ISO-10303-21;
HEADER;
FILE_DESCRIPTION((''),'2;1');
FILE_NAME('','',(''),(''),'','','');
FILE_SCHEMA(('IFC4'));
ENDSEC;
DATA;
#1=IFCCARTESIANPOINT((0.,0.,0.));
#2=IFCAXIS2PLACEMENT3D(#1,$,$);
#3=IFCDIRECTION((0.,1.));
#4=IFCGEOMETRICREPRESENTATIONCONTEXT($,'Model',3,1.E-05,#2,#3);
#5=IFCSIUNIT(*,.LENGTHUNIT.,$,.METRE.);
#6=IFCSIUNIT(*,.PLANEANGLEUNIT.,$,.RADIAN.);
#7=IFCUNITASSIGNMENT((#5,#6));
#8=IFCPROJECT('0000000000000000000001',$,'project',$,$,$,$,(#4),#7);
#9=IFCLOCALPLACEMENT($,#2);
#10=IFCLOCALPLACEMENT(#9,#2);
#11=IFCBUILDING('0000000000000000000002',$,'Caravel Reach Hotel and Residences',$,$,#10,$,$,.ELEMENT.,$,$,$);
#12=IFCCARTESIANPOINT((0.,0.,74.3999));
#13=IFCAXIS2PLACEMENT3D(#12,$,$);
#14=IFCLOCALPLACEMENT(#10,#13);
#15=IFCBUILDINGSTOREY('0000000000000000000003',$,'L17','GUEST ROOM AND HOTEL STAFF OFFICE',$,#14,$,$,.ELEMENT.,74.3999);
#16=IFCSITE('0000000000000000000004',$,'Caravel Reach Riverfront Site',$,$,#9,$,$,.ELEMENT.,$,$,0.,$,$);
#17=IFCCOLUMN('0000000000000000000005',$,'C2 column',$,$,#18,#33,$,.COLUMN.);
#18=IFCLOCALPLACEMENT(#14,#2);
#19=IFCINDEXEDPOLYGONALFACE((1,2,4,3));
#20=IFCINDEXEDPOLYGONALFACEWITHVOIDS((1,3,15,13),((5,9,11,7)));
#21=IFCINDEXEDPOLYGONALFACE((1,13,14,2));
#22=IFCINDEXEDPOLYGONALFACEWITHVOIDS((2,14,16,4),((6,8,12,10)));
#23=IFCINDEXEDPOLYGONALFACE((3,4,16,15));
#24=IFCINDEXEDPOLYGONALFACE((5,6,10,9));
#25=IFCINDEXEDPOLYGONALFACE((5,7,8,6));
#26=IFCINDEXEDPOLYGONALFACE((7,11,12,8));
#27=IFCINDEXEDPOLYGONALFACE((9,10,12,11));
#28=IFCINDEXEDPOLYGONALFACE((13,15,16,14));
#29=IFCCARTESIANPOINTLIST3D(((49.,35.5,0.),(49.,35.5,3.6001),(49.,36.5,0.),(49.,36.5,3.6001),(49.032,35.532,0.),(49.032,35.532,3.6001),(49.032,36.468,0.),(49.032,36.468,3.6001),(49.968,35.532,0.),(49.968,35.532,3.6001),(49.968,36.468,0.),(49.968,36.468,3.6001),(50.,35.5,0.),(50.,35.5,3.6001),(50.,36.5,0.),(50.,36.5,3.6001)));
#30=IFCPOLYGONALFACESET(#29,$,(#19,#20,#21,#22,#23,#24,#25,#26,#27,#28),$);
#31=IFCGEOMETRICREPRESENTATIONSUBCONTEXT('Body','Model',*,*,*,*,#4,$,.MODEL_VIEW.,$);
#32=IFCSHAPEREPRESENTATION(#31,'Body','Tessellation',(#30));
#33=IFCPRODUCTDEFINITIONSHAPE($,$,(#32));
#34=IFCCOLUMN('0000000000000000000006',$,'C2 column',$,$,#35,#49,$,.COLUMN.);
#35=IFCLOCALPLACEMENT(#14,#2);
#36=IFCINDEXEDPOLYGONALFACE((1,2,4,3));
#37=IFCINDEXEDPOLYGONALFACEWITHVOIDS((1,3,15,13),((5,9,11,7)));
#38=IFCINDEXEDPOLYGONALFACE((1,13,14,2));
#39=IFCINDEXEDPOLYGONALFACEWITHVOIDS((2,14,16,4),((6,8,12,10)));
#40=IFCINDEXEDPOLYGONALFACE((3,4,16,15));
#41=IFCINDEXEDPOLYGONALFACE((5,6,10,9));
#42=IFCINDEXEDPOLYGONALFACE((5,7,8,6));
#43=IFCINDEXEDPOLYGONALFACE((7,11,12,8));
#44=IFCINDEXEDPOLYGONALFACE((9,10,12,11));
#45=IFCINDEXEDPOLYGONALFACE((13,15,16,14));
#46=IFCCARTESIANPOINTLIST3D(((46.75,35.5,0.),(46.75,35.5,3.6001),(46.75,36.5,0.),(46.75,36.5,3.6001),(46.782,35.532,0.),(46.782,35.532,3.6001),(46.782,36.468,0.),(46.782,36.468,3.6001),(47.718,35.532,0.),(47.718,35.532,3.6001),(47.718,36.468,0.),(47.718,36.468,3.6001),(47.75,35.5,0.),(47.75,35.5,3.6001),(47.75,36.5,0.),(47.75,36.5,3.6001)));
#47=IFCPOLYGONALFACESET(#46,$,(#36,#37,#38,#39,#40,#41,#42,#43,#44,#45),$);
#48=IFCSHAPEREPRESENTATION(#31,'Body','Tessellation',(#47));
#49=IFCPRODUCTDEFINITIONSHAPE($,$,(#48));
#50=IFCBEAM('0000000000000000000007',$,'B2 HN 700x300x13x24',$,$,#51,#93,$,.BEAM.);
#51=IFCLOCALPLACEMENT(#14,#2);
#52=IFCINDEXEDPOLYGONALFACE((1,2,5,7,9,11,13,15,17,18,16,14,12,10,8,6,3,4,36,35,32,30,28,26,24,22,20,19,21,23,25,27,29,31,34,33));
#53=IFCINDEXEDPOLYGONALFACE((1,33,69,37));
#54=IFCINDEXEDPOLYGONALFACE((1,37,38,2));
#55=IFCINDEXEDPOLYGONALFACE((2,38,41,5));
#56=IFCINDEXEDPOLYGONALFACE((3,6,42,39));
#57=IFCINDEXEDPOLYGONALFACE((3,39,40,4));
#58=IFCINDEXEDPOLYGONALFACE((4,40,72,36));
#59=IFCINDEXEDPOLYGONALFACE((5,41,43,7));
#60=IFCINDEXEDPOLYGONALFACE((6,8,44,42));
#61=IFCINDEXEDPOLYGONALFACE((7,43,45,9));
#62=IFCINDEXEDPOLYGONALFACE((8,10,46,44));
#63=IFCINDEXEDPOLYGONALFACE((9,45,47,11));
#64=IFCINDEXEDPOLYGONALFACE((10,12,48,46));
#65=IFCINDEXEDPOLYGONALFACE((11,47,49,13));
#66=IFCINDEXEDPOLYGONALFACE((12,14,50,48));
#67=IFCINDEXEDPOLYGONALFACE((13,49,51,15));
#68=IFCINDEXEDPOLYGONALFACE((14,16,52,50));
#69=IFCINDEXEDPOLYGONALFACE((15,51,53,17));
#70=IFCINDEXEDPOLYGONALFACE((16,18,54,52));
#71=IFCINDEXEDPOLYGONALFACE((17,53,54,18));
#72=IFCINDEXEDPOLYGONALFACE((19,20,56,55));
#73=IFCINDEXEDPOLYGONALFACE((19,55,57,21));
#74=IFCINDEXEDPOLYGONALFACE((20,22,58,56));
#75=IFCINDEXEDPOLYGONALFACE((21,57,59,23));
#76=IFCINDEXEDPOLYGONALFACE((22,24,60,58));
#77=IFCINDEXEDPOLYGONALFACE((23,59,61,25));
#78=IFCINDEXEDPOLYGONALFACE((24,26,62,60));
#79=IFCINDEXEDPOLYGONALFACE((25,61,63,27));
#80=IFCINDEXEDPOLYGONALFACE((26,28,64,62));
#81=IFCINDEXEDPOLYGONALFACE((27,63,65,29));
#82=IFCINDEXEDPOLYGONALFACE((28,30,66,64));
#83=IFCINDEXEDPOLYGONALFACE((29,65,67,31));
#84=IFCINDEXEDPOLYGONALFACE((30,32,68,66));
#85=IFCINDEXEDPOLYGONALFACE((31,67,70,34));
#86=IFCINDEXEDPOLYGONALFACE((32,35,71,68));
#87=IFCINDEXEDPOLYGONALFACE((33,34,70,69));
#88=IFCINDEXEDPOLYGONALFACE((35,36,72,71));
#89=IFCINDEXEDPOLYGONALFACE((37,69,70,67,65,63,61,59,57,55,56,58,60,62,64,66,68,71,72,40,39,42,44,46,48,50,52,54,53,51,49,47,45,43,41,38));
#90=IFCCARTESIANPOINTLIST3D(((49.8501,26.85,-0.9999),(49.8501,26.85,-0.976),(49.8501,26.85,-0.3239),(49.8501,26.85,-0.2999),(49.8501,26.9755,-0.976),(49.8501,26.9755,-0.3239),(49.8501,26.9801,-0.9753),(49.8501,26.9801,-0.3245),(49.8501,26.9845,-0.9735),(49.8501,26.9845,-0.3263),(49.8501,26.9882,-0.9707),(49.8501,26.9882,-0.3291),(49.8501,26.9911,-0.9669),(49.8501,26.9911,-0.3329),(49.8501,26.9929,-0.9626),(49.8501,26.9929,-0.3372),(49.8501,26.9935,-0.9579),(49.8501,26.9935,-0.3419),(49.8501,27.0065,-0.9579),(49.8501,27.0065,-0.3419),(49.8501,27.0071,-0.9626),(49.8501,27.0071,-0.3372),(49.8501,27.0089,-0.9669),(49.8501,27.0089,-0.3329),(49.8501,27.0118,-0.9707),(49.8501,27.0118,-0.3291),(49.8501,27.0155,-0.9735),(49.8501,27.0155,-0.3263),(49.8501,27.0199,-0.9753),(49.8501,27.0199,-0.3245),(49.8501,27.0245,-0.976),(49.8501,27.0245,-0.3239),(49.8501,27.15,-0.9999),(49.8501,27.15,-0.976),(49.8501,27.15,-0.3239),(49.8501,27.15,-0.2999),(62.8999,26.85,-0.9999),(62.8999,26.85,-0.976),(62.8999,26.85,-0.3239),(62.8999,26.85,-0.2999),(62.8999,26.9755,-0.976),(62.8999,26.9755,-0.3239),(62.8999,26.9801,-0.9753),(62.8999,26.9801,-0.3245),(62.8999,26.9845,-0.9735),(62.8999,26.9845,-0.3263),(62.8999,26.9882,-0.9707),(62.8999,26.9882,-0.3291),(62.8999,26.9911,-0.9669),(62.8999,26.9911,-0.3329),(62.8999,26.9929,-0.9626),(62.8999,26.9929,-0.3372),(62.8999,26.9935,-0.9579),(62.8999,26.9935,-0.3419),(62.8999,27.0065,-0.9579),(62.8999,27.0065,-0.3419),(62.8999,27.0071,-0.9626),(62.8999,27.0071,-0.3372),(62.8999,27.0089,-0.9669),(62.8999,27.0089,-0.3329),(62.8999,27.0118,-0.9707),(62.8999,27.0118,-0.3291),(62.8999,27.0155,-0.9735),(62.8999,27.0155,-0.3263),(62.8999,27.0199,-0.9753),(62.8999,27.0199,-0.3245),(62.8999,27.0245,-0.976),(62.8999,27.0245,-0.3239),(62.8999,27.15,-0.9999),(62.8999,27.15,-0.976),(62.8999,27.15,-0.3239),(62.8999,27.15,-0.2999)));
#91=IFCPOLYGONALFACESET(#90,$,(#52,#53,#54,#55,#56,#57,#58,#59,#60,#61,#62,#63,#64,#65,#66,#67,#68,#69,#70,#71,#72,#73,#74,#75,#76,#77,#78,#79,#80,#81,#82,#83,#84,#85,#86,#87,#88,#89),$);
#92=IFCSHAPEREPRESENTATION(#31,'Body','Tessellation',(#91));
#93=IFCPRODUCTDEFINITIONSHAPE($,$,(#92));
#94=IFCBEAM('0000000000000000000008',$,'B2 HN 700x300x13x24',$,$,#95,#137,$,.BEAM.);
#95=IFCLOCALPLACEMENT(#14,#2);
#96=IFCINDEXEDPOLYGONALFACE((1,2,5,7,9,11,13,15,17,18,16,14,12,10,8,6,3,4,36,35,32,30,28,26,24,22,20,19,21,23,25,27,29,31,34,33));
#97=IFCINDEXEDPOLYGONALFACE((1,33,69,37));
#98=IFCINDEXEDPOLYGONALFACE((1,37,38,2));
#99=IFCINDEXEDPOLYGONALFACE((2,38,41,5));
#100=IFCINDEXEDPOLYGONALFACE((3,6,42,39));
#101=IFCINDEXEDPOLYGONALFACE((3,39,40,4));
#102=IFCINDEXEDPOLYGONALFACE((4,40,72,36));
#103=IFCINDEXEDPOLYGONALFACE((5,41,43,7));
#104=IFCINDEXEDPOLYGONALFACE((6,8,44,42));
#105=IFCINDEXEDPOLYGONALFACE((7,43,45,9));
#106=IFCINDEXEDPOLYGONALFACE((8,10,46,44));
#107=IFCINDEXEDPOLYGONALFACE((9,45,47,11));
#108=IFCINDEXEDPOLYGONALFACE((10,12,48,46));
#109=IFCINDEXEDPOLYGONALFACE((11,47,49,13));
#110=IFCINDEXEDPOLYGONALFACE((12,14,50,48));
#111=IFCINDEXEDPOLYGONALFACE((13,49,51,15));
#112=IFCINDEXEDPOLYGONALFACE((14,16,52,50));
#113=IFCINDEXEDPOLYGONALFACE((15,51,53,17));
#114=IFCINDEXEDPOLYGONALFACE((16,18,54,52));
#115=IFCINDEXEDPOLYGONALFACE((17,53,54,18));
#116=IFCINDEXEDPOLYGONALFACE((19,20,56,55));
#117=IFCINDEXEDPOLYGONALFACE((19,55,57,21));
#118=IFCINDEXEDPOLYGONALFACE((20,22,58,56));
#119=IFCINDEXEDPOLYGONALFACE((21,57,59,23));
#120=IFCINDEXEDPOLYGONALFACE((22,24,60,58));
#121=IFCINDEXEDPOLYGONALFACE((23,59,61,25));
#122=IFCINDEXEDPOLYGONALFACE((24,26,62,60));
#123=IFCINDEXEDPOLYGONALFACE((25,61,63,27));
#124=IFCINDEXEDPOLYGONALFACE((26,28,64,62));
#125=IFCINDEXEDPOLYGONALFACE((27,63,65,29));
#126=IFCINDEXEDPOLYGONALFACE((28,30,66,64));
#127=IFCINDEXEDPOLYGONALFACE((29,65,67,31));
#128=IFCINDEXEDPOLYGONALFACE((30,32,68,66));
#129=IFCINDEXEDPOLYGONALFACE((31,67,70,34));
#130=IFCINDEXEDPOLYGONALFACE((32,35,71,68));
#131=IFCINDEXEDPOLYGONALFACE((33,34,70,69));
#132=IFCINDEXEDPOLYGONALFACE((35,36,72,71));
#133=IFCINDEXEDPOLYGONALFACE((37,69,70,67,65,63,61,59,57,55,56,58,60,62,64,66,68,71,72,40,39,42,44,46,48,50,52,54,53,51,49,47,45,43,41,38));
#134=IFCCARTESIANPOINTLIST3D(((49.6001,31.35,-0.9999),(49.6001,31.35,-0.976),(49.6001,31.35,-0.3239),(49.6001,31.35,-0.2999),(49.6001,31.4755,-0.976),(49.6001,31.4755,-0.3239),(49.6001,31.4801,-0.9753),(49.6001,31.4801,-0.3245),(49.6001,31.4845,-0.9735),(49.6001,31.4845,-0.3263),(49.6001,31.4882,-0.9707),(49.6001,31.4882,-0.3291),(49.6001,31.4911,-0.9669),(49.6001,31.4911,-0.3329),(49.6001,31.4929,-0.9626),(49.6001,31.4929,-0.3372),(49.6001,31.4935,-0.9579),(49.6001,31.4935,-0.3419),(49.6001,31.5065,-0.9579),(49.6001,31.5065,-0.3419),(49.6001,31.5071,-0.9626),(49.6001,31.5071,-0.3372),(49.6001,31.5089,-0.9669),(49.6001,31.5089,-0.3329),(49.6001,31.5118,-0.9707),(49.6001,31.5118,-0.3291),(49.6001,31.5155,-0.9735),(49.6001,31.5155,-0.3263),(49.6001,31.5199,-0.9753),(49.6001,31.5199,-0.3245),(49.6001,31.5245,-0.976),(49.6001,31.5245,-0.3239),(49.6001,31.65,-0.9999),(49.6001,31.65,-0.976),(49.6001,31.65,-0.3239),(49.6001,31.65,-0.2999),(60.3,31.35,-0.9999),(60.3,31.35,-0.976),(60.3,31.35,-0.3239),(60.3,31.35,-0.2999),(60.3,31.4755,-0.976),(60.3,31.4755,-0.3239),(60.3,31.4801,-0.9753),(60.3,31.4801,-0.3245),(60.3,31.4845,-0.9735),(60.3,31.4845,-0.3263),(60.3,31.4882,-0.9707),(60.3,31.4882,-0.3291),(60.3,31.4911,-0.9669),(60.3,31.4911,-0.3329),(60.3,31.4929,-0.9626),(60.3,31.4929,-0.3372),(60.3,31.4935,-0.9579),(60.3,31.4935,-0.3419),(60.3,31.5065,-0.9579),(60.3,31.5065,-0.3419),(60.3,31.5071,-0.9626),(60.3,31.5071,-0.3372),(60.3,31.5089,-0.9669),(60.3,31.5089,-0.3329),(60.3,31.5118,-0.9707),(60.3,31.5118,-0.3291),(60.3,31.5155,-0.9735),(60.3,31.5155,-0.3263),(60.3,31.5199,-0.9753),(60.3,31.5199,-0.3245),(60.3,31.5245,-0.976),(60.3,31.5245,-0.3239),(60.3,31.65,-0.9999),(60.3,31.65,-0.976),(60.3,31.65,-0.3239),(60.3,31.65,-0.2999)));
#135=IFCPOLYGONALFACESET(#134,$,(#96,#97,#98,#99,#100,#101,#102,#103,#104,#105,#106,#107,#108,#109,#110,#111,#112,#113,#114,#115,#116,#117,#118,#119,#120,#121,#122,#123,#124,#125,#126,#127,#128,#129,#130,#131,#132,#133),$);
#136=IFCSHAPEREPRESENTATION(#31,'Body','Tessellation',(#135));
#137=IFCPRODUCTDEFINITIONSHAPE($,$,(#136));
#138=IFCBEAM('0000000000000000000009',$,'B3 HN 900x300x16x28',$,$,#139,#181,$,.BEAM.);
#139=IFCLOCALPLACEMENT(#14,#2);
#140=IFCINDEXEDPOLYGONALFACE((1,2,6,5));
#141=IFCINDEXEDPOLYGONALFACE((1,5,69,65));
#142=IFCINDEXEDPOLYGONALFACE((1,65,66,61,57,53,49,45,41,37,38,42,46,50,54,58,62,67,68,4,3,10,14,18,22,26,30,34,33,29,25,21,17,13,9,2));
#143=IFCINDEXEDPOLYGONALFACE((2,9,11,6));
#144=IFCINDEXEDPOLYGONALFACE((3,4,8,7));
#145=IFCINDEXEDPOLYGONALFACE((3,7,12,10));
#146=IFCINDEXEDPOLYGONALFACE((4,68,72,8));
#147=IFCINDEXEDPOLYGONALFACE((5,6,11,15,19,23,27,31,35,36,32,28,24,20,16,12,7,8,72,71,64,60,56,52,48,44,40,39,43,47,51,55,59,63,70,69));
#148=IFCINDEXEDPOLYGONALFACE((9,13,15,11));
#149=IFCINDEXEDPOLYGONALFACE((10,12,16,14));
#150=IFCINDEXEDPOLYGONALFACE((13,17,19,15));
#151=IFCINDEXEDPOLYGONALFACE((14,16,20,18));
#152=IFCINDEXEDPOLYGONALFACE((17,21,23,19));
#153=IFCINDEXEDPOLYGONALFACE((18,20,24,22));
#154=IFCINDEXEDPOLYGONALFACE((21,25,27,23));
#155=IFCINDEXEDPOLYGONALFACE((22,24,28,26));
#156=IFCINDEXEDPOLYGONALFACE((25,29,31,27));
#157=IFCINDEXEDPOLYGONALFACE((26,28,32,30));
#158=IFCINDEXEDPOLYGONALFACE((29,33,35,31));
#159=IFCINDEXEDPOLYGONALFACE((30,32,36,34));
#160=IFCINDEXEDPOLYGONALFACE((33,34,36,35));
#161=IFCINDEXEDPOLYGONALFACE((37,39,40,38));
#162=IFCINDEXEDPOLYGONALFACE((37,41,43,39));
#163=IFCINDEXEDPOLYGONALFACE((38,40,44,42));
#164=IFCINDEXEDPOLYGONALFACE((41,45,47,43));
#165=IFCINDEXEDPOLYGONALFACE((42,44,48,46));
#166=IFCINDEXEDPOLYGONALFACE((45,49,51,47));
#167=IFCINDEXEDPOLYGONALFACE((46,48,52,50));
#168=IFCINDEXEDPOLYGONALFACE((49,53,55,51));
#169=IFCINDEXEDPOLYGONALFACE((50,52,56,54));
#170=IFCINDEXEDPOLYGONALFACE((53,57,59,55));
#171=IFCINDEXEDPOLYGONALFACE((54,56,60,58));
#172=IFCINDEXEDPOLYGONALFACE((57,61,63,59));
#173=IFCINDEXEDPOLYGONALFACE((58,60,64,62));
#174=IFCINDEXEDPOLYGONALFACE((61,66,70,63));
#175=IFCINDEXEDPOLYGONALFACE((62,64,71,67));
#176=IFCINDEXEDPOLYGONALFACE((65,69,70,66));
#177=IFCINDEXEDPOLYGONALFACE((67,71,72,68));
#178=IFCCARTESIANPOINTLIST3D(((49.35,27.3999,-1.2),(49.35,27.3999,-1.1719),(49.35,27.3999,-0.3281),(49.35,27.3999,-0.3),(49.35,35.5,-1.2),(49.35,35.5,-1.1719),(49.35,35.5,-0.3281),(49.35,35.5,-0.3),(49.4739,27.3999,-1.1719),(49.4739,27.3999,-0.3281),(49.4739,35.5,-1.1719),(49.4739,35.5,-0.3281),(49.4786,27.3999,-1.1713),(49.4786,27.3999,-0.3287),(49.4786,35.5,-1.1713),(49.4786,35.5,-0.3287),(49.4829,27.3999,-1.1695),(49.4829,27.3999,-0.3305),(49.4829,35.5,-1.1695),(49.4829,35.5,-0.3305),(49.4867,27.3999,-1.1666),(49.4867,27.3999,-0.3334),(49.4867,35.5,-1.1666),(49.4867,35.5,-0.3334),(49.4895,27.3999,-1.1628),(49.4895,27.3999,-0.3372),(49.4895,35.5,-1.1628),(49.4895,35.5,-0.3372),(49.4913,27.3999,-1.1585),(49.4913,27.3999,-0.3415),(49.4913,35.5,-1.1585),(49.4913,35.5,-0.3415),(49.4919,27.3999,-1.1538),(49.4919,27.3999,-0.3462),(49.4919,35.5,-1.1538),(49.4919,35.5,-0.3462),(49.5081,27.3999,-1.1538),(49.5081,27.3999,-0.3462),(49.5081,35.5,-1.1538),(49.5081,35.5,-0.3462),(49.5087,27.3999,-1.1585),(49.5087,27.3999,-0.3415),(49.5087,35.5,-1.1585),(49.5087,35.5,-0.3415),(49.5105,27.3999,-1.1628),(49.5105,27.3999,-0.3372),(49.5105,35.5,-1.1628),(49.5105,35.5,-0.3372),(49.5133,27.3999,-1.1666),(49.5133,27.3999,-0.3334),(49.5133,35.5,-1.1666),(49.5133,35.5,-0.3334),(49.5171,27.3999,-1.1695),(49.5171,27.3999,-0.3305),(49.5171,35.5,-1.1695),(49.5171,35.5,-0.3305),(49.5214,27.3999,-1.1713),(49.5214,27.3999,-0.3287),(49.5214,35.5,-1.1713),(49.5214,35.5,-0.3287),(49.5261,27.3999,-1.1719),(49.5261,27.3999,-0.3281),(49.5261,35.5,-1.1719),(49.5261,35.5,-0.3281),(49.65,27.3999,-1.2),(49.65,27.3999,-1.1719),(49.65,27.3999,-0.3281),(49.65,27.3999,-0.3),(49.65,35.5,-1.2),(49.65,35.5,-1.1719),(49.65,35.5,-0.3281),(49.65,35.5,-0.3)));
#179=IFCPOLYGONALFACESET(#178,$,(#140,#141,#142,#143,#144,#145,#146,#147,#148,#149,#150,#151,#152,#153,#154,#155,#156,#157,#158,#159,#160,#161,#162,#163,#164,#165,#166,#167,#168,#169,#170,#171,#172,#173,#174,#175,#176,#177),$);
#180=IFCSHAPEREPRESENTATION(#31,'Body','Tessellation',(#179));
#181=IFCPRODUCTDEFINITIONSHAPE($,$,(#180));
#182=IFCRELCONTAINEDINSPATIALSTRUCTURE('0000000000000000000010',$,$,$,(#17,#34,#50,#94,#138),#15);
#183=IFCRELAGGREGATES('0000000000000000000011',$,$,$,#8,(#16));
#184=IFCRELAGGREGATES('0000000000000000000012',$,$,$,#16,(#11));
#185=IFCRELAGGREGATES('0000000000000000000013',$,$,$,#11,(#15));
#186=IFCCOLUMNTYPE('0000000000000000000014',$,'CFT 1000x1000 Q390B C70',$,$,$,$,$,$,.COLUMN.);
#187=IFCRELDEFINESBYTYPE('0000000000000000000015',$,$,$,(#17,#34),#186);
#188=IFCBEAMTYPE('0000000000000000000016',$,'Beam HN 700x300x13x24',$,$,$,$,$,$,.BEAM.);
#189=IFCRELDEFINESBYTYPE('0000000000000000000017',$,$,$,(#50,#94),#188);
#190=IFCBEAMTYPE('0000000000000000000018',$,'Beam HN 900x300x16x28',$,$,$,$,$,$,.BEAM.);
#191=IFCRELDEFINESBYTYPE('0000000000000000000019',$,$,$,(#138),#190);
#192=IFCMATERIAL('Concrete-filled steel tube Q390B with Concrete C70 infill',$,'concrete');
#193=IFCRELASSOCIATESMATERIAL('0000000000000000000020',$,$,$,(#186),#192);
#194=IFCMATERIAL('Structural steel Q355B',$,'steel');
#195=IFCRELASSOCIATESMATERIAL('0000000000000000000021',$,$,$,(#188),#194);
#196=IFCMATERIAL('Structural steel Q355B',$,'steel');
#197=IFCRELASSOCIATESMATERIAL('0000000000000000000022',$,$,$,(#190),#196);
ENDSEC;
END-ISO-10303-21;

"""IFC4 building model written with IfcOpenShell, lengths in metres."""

from ifc_helpers import new_model, si_unit, direction, frame, origin, origin_2d, place, context, subcontext, project, spatial, hollow_rectangle, i_section, extrude, material, material_profile, profile_set, type_object, element, save


model = new_model("IFC4")

# Units and contexts
model_context = context("Model", 3, precision=1e-05, world=origin(), true_north=direction((0.0, 1.0)))
body_context = subcontext(model_context, "Body", "Model", "MODEL_VIEW")
ifc_project = project(units=[si_unit("LENGTHUNIT", "METRE"), si_unit("PLANEANGLEUNIT", "RADIAN")], contexts=[model_context])

# Site, building, storey
site_placement = place(None, origin())
site = spatial("IfcSite", under=ifc_project, at=site_placement, Name="Caravel Reach Riverfront Site", CompositionType="ELEMENT", RefElevation=0.0)
building_placement = place(site_placement, origin())
building = spatial("IfcBuilding", under=site, at=building_placement, Name="Caravel Reach Hotel and Residences", CompositionType="ELEMENT")
storey_placement = place(building_placement, frame((0.0, 0.0, 74.3999)))
storey = spatial("IfcBuildingStorey", under=building, at=storey_placement, Name="L17", Description="GUEST ROOM AND HOTEL STAFF OFFICE", CompositionType="ELEMENT", Elevation=74.3999)

# Columns
ifc_material_1 = material(Name="Concrete-filled steel tube Q390B with Concrete C70 infill", Category="concrete")
ifc_material_profile_1 = material_profile(ifc_material_1, hollow_rectangle(XDim=1.0, YDim=1.0, WallThickness=0.032, at=origin_2d()), Name="RHS 1000x1000x32")
ifc_profile_set_1 = profile_set([ifc_material_profile_1], Name="Concrete-filled steel tube Q390B with Concrete C70 infill")
column_type = type_object("IfcColumnType", Name="CFT 1000x1000 Q390B C70", PredefinedType="COLUMN", material=ifc_profile_set_1)
for number, where, z_axis, x_axis, name in (
    (1, (49.5, 36.0, 0.0), (0.0, 0.0, 1.0), (1.0, 0.0, 0.0), "C2 column"),
    (2, (47.25, 36.0, 0.0), (0.0, 0.0, 1.0), (1.0, 0.0, 0.0), "C2 column"),
):
    element("IfcColumn", number, at=place(storey_placement, frame(where, z_axis=z_axis, x_axis=x_axis)), inside=storey, type_object=column_type, Name=name, PredefinedType="COLUMN", context=body_context, shape_type="SweptSolid", body=[
        extrude(hollow_rectangle(XDim=1.0, YDim=1.0, WallThickness=0.032, at=origin_2d()), origin(), (0.0, 0.0, 1.0), 3.6001),
    ])

# Beams
ifc_material_2 = material(Name="Structural steel Q355B", Category="steel")
ifc_material_profile_2 = material_profile(ifc_material_2, i_section(OverallWidth=0.3, OverallDepth=0.7, WebThickness=0.0129, FlangeThickness=0.0239, FilletRadius=0.0181, at=origin_2d()), Name="HN 700x300x13x24")
ifc_profile_set_2 = profile_set([ifc_material_profile_2], Name="Structural steel Q355B")
beam_type_1 = type_object("IfcBeamType", Name="Beam HN 700x300x13x24", PredefinedType="BEAM", material=ifc_profile_set_2)
beam_1_placement = place(storey_placement, frame((49.8501, 27.0, -0.6499), z_axis=(1.0, 0.0, 0.0), x_axis=(0.0, 1.0, 0.0)))
element("IfcBeam", 3, at=beam_1_placement, inside=storey, type_object=beam_type_1, Name="B2 HN 700x300x13x24", PredefinedType="BEAM", context=body_context, shape_type="SweptSolid", body=[
    extrude(i_section(OverallWidth=0.3, OverallDepth=0.7, WebThickness=0.0129, FlangeThickness=0.0239, FilletRadius=0.0181, at=origin_2d()), origin(), (0.0, 0.0, 1.0), 13.0498),
])
beam_2_placement = place(storey_placement, frame((49.6001, 31.5, -0.6499), z_axis=(1.0, 0.0, 0.0), x_axis=(0.0, 1.0, 0.0)))
element("IfcBeam", 4, at=beam_2_placement, inside=storey, type_object=beam_type_1, Name="B2 HN 700x300x13x24", PredefinedType="BEAM", context=body_context, shape_type="SweptSolid", body=[
    extrude(i_section(OverallWidth=0.3, OverallDepth=0.7, WebThickness=0.0129, FlangeThickness=0.0239, FilletRadius=0.0181, at=origin_2d()), origin(), (0.0, 0.0, 1.0), 10.7),
])
ifc_material_3 = material(Name="Structural steel Q355B", Category="steel")
ifc_material_profile_3 = material_profile(ifc_material_3, i_section(OverallWidth=0.3, OverallDepth=0.8999, WebThickness=0.0161, FlangeThickness=0.0281, FilletRadius=0.0181, at=origin_2d()), Name="HN 900x300x16x28")
ifc_profile_set_3 = profile_set([ifc_material_profile_3], Name="Structural steel Q355B")
beam_type_2 = type_object("IfcBeamType", Name="Beam HN 900x300x16x28", PredefinedType="BEAM", material=ifc_profile_set_3)
beam_3_placement = place(storey_placement, frame((49.5, 27.3999, -0.75), z_axis=(0.0, 1.0, 0.0), x_axis=(-1.0, 0.0, 0.0)))
element("IfcBeam", 5, at=beam_3_placement, inside=storey, type_object=beam_type_2, Name="B3 HN 900x300x16x28", PredefinedType="BEAM", context=body_context, shape_type="SweptSolid", body=[
    extrude(i_section(OverallWidth=0.3, OverallDepth=0.8999, WebThickness=0.0161, FlangeThickness=0.0281, FilletRadius=0.0181, at=origin_2d()), origin(), (0.0, 0.0, 1.0), 8.1001),
])

save(model, "model.ifc")
